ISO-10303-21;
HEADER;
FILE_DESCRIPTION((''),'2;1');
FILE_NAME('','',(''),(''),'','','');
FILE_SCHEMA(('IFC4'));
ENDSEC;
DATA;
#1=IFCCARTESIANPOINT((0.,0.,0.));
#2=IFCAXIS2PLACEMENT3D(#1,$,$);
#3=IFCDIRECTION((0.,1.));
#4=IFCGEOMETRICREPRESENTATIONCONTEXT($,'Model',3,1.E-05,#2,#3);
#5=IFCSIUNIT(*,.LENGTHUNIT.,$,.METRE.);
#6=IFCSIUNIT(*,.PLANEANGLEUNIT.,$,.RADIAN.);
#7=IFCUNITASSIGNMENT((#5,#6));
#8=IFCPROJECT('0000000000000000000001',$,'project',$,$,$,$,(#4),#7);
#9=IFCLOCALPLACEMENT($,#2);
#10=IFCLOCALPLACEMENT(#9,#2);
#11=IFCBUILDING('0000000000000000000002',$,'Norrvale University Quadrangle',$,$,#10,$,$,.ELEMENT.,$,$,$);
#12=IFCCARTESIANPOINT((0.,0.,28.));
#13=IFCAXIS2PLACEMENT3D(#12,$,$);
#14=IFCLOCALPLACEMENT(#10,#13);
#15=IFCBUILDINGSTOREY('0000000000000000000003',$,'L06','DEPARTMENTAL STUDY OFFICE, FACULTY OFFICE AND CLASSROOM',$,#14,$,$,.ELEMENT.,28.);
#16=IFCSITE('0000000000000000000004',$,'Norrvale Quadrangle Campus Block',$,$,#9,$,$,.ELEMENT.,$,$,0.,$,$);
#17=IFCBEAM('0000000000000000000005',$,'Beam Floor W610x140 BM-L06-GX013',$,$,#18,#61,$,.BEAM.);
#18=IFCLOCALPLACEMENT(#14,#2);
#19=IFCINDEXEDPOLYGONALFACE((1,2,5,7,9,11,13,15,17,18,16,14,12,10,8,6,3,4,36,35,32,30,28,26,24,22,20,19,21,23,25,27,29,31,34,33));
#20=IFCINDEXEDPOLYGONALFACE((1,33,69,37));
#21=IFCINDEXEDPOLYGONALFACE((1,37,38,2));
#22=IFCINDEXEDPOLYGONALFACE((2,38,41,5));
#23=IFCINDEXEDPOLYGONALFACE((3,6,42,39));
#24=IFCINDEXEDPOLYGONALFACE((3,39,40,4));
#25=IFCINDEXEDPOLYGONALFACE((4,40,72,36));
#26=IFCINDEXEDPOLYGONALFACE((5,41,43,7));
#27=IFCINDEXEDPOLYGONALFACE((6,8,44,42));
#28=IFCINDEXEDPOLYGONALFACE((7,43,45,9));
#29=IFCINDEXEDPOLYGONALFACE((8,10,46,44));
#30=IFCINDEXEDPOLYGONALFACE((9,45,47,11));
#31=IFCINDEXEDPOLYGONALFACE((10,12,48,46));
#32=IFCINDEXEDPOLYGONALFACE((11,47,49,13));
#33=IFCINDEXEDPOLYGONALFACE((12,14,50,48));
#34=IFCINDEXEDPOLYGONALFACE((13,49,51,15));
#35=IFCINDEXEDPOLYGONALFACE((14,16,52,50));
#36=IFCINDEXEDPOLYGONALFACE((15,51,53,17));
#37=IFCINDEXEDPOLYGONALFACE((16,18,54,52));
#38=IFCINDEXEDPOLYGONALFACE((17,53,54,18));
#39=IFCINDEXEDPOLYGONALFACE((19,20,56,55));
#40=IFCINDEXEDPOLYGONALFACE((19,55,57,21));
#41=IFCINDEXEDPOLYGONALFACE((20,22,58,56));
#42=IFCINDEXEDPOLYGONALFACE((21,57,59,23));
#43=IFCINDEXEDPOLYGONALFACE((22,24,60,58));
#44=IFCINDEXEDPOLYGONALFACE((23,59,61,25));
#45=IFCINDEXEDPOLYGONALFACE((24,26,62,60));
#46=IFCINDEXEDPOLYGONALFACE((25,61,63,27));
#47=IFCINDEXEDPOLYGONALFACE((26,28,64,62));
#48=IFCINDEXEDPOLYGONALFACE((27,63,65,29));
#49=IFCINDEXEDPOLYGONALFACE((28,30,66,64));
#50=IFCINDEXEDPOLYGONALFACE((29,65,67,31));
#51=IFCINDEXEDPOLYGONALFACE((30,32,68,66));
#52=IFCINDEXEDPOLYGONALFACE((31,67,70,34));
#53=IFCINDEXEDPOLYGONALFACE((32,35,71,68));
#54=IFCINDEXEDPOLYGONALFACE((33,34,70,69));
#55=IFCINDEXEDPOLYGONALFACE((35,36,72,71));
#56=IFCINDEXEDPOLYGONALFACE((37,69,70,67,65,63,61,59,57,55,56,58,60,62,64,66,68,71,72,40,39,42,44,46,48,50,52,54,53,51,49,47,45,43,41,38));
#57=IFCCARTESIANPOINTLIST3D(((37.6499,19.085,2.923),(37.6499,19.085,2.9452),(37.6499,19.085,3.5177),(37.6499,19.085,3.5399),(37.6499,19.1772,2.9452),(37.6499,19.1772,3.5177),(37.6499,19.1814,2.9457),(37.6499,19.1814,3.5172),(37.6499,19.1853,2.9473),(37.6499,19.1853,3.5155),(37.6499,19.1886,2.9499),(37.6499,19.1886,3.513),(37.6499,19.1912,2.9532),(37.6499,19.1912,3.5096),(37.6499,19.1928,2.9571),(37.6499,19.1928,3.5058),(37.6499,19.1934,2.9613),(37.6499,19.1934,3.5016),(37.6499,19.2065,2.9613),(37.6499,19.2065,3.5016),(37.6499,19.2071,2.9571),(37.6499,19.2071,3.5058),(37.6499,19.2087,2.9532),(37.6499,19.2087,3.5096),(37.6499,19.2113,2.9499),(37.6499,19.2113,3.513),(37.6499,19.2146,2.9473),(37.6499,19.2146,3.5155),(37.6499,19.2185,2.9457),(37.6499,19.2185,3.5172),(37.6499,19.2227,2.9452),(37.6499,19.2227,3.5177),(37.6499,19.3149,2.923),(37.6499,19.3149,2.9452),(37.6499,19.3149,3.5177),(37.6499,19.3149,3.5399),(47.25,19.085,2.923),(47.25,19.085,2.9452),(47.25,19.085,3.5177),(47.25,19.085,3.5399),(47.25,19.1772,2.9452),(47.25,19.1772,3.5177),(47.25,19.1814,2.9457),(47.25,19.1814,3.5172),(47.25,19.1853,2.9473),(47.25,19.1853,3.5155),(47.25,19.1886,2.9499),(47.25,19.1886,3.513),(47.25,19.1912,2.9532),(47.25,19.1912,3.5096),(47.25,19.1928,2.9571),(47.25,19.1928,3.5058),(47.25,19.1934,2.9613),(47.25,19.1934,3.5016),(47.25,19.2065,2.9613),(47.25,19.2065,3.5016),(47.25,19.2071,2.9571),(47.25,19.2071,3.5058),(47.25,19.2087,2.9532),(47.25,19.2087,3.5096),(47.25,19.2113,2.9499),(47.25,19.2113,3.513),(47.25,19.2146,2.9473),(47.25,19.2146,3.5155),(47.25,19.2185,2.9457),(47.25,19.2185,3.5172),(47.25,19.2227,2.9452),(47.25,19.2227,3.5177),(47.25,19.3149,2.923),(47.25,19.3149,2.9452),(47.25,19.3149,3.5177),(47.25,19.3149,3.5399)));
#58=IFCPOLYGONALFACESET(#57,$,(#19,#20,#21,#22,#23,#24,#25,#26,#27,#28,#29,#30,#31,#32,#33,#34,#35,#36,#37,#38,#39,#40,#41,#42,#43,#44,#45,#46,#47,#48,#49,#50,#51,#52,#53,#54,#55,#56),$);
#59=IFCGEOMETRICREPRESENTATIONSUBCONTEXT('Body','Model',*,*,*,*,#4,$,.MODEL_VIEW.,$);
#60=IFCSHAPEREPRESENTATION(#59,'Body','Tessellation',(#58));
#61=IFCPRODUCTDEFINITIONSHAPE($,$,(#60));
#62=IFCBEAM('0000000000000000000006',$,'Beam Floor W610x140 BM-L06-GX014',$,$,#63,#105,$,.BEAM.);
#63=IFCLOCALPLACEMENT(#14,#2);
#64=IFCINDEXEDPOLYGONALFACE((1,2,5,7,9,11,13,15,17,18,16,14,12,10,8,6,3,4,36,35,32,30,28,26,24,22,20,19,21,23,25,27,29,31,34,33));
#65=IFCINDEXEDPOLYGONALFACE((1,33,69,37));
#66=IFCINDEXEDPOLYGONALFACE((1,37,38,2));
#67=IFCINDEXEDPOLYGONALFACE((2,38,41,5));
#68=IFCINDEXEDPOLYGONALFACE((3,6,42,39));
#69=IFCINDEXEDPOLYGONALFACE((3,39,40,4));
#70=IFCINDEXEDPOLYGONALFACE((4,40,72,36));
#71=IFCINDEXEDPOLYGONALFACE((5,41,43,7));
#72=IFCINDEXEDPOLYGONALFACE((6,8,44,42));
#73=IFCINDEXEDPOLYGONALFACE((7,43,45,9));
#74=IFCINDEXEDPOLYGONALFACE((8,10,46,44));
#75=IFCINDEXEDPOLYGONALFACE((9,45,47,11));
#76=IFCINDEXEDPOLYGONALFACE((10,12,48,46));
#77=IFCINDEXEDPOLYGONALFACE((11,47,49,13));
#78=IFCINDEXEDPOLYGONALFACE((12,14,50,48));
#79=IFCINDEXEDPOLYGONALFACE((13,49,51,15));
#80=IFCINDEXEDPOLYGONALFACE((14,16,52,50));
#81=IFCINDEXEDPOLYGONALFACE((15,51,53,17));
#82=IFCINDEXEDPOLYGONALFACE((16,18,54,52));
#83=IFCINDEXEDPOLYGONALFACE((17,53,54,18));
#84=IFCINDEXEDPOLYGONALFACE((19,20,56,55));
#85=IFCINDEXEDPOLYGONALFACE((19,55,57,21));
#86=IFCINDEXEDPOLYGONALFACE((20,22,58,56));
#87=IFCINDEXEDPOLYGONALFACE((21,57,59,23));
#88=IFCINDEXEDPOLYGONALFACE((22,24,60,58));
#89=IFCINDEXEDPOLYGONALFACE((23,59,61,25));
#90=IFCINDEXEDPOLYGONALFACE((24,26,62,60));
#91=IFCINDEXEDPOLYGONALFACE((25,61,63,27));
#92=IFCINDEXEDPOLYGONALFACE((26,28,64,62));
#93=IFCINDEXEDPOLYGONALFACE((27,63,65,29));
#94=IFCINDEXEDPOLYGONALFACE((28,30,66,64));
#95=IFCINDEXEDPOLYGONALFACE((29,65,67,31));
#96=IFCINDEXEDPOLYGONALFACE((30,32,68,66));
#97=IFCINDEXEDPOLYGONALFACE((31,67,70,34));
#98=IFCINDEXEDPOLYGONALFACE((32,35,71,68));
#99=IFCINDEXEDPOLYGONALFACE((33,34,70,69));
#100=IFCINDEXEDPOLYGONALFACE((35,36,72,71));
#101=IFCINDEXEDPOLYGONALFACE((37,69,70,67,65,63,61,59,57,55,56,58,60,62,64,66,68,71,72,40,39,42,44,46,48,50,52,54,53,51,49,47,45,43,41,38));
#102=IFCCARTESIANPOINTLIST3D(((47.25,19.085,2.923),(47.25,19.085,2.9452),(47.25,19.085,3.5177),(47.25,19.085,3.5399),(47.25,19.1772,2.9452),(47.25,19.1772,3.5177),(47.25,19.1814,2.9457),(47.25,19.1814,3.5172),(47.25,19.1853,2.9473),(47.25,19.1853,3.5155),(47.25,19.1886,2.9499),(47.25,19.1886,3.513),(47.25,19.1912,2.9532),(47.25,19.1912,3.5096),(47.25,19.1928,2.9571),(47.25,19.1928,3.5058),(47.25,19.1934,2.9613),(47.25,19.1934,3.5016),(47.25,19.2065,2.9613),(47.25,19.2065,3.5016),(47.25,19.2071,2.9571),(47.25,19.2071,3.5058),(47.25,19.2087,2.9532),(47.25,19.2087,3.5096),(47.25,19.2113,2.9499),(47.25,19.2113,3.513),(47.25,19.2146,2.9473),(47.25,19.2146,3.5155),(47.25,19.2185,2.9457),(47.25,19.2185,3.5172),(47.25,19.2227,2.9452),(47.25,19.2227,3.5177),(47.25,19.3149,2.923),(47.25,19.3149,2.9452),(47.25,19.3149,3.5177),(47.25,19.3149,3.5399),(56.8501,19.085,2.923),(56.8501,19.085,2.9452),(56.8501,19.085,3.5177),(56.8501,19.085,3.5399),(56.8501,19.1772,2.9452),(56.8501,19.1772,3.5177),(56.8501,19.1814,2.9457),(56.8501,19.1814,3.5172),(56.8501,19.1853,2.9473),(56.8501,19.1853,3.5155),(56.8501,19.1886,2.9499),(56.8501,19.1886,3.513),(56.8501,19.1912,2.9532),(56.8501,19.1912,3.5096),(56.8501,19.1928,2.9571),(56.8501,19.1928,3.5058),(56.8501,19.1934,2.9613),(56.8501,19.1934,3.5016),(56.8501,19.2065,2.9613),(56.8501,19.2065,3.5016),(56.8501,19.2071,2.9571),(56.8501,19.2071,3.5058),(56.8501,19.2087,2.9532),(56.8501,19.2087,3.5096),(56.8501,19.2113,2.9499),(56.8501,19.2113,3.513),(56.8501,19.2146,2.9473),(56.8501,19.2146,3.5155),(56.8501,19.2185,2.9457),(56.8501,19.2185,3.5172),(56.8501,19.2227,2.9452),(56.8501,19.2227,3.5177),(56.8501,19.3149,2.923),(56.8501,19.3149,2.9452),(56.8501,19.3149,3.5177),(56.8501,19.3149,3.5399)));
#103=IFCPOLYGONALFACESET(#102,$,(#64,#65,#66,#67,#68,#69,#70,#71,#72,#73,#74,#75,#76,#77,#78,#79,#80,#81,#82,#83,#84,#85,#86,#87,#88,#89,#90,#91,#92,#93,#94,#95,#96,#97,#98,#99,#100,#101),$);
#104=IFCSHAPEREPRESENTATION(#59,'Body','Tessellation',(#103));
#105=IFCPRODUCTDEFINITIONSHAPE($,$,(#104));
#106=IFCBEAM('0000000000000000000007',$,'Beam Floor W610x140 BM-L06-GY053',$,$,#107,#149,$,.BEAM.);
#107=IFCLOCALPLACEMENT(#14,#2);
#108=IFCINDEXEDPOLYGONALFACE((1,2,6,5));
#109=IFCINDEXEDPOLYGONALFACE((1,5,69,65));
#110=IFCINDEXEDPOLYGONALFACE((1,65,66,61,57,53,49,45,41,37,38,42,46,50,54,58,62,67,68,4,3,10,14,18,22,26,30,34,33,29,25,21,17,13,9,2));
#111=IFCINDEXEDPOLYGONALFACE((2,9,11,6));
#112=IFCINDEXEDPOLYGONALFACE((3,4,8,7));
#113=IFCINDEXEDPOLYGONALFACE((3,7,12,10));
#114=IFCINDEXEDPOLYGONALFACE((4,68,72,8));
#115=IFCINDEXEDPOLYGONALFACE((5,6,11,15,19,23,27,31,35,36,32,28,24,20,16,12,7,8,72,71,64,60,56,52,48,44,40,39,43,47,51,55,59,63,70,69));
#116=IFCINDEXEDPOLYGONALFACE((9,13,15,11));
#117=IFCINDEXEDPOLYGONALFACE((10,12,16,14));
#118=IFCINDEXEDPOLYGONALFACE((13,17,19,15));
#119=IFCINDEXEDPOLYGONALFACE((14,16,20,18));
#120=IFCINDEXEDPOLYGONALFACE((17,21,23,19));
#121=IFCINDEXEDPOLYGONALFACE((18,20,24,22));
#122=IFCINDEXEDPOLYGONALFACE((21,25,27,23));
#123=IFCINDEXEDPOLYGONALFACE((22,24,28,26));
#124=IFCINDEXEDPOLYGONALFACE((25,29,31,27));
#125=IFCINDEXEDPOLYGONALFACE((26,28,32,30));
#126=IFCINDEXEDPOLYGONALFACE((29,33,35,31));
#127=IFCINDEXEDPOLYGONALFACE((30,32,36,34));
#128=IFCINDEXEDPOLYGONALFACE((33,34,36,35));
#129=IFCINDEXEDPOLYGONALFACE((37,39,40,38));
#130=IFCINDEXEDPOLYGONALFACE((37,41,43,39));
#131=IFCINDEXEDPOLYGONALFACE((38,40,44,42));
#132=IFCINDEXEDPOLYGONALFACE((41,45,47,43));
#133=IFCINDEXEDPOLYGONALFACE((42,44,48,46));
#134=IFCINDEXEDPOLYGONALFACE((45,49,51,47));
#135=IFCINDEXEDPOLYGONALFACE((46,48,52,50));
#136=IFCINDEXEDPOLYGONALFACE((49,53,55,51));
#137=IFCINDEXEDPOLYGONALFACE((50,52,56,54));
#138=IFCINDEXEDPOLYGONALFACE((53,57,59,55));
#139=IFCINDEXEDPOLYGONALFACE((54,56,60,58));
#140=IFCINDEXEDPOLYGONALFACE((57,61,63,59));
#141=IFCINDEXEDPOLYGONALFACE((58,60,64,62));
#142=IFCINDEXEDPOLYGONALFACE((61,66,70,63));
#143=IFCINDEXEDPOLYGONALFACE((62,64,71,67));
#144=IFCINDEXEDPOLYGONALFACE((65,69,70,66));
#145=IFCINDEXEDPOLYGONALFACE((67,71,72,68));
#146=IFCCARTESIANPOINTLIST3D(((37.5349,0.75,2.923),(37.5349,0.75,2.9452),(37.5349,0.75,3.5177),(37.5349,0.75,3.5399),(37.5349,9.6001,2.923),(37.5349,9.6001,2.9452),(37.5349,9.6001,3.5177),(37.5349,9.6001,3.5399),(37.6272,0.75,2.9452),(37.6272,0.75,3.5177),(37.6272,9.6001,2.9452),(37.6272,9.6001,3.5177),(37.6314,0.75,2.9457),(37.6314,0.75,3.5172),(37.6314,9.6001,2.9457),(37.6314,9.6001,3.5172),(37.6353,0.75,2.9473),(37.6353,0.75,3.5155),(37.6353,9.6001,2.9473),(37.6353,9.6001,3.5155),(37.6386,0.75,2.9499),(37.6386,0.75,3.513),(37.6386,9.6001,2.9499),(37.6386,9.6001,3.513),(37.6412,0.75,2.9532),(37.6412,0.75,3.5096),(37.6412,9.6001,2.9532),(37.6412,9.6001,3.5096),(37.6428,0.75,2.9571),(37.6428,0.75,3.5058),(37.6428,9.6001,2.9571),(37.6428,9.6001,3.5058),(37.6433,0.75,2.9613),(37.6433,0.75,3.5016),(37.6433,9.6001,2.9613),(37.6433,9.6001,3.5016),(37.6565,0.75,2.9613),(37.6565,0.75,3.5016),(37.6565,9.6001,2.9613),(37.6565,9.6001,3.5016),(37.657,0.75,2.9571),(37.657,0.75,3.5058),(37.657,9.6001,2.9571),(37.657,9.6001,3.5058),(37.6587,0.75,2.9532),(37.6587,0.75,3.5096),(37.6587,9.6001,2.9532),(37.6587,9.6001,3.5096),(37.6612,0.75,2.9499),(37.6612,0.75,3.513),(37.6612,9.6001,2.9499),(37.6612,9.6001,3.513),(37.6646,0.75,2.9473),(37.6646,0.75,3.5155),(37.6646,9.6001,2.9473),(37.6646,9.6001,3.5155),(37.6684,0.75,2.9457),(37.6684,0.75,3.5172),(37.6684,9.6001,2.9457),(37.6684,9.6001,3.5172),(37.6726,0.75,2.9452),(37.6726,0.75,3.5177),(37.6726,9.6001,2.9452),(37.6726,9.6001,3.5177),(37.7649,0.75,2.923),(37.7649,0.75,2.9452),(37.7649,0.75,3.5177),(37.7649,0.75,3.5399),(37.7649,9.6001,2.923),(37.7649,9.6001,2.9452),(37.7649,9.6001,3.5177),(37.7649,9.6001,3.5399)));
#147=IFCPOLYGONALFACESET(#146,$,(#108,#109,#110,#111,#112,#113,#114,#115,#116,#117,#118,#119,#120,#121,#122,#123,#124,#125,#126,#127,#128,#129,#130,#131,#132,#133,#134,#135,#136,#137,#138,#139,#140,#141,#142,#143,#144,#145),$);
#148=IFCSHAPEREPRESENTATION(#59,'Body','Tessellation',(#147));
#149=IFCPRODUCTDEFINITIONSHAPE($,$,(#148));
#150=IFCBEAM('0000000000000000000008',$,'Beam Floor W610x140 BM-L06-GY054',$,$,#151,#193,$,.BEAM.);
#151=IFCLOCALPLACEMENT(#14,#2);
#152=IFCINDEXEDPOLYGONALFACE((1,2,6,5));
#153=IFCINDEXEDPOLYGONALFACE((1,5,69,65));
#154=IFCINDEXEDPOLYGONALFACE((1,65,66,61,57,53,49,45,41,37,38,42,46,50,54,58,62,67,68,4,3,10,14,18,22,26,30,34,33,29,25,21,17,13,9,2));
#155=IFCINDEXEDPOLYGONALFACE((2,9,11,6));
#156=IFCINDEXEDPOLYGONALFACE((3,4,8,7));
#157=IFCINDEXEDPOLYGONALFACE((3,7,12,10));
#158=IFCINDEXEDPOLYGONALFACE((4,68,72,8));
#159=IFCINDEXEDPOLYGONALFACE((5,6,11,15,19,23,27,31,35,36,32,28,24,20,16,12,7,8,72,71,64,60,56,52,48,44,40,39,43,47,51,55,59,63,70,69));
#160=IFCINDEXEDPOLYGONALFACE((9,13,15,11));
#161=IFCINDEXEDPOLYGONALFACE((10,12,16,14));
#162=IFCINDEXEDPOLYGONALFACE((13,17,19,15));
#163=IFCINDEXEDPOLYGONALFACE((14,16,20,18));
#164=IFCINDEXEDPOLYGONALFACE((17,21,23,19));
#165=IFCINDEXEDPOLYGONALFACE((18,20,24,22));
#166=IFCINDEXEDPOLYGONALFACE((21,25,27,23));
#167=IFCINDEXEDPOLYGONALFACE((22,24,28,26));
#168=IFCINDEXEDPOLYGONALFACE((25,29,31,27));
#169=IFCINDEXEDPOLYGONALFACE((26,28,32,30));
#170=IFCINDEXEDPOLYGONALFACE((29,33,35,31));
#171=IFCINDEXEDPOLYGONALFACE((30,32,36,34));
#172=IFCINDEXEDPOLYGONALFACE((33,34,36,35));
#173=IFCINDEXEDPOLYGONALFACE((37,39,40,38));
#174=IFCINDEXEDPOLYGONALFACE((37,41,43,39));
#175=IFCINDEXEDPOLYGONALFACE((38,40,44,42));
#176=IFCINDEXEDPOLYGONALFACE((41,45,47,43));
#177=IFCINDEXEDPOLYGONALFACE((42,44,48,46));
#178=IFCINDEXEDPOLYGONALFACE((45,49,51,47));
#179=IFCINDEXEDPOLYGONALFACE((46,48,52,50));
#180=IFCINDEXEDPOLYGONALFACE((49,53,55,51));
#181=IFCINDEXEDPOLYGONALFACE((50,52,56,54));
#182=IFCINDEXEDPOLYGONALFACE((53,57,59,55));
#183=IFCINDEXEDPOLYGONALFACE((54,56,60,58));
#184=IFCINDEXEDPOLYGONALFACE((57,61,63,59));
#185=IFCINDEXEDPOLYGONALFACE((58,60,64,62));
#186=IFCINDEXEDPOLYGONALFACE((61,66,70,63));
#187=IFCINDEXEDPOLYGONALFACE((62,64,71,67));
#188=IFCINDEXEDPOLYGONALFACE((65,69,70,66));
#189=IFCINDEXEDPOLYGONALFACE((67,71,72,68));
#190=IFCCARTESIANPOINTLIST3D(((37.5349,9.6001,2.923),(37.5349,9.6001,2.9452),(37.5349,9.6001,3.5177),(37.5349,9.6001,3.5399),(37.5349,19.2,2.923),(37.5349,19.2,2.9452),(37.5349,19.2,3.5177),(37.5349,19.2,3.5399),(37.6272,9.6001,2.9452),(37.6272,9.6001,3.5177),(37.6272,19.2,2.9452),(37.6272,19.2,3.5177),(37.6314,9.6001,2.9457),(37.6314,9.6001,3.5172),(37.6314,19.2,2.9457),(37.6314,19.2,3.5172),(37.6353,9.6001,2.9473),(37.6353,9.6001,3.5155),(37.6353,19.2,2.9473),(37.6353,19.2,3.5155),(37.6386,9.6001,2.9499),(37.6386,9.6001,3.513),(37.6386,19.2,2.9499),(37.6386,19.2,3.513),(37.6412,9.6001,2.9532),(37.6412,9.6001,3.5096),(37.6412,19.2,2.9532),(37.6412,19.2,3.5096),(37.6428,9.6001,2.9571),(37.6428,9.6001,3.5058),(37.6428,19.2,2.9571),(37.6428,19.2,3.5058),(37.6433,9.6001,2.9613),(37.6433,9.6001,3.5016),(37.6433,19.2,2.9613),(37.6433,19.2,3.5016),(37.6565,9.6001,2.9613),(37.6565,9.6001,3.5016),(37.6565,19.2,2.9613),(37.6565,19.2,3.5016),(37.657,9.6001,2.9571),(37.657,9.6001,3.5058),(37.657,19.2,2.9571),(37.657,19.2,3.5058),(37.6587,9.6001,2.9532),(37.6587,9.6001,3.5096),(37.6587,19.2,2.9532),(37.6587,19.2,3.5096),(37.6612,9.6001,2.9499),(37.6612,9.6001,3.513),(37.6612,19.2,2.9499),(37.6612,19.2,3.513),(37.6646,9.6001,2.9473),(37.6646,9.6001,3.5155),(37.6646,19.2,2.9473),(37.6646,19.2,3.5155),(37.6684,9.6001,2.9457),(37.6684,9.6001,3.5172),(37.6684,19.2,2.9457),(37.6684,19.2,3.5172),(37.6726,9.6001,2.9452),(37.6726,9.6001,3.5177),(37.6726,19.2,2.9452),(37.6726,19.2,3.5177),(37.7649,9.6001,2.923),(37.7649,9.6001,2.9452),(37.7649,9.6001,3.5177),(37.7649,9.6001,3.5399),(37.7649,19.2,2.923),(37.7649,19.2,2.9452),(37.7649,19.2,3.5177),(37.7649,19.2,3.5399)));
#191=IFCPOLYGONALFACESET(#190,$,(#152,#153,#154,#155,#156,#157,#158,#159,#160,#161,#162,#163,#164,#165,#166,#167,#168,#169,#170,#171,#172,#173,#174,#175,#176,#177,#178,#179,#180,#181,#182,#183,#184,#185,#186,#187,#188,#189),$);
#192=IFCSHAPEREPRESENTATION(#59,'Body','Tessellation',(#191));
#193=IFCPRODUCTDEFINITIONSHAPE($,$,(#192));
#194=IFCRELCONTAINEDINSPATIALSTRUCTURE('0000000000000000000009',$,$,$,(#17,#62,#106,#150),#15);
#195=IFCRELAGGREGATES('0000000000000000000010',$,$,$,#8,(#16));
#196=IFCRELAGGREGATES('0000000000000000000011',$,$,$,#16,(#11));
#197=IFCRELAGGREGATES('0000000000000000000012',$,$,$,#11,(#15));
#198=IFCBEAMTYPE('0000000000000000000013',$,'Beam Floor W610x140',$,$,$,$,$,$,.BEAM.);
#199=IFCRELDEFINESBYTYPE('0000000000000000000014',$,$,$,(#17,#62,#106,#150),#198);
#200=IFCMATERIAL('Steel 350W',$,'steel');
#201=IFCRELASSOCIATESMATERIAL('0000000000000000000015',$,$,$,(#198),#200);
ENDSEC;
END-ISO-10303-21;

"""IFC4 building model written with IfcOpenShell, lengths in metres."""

from ifc_helpers import new_model, si_unit, direction, frame, origin, origin_2d, place, context, subcontext, project, spatial, i_section, extrude, material, material_profile, profile_set, type_object, element, save


model = new_model("IFC4")

# Units and contexts
model_context = context("Model", 3, precision=1e-05, world=origin(), true_north=direction((0.0, 1.0)))
body_context = subcontext(model_context, "Body", "Model", "MODEL_VIEW")
ifc_project = project(units=[si_unit("LENGTHUNIT", "METRE"), si_unit("PLANEANGLEUNIT", "RADIAN")], contexts=[model_context])

# Site, building, storey
site_placement = place(None, origin())
site = spatial("IfcSite", under=ifc_project, at=site_placement, Name="Norrvale Quadrangle Campus Block", CompositionType="ELEMENT", RefElevation=0.0)
building_placement = place(site_placement, origin())
building = spatial("IfcBuilding", under=site, at=building_placement, Name="Norrvale University Quadrangle", CompositionType="ELEMENT")
storey_placement = place(building_placement, frame((0.0, 0.0, 28.0)))
storey = spatial("IfcBuildingStorey", under=building, at=storey_placement, Name="L06", Description="DEPARTMENTAL STUDY OFFICE, FACULTY OFFICE AND CLASSROOM", CompositionType="ELEMENT", Elevation=28.0)

# Beams
ifc_material_1 = material(Name="Steel 350W", Category="steel")
ifc_material_profile_1 = material_profile(ifc_material_1, i_section(OverallWidth=0.23, OverallDepth=0.6169, WebThickness=0.0132, FlangeThickness=0.0222, FilletRadius=0.0161, at=origin_2d()), Name="Steel 350W")
ifc_profile_set_1 = profile_set([ifc_material_profile_1], Name="Steel 350W")
beam_type_1 = type_object("IfcBeamType", Name="Beam Floor W610x140", PredefinedType="BEAM", material=ifc_profile_set_1)
for number, where, z_axis, x_axis, name in (
    (1, (37.6499, 19.2, 3.2314), (1.0, 0.0, 0.0), (0.0, 1.0, 0.0), "Beam Floor W610x140 BM-L06-GX013"),
    (2, (47.25, 19.2, 3.2314), (1.0, 0.0, 0.0), (0.0, 1.0, 0.0), "Beam Floor W610x140 BM-L06-GX014"),
):
    element("IfcBeam", number, at=place(storey_placement, frame(where, z_axis=z_axis, x_axis=x_axis)), inside=storey, type_object=beam_type_1, Name=name, PredefinedType="BEAM", context=body_context, shape_type="SweptSolid", body=[
        extrude(i_section(OverallWidth=0.23, OverallDepth=0.6169, WebThickness=0.0132, FlangeThickness=0.0222, FilletRadius=0.0161, at=origin_2d()), origin(), (0.0, 0.0, 1.0), 9.6001),
    ])
beam_1_placement = place(storey_placement, frame((37.6499, 0.75, 3.2314), z_axis=(0.0, 1.0, 0.0), x_axis=(-1.0, 0.0, 0.0)))
element("IfcBeam", 3, at=beam_1_placement, inside=storey, type_object=beam_type_1, Name="Beam Floor W610x140 BM-L06-GY053", PredefinedType="BEAM", context=body_context, shape_type="SweptSolid", body=[
    extrude(i_section(OverallWidth=0.23, OverallDepth=0.6169, WebThickness=0.0132, FlangeThickness=0.0222, FilletRadius=0.0161, at=origin_2d()), origin(), (0.0, 0.0, 1.0), 8.8501),
])
beam_2_placement = place(storey_placement, frame((37.6499, 9.6001, 3.2314), z_axis=(0.0, 1.0, 0.0), x_axis=(-1.0, 0.0, 0.0)))
element("IfcBeam", 4, at=beam_2_placement, inside=storey, type_object=beam_type_1, Name="Beam Floor W610x140 BM-L06-GY054", PredefinedType="BEAM", context=body_context, shape_type="SweptSolid", body=[
    extrude(i_section(OverallWidth=0.23, OverallDepth=0.6169, WebThickness=0.0132, FlangeThickness=0.0222, FilletRadius=0.0161, at=origin_2d()), origin(), (0.0, 0.0, 1.0), 9.5999),
])

save(model, "model.ifc")
